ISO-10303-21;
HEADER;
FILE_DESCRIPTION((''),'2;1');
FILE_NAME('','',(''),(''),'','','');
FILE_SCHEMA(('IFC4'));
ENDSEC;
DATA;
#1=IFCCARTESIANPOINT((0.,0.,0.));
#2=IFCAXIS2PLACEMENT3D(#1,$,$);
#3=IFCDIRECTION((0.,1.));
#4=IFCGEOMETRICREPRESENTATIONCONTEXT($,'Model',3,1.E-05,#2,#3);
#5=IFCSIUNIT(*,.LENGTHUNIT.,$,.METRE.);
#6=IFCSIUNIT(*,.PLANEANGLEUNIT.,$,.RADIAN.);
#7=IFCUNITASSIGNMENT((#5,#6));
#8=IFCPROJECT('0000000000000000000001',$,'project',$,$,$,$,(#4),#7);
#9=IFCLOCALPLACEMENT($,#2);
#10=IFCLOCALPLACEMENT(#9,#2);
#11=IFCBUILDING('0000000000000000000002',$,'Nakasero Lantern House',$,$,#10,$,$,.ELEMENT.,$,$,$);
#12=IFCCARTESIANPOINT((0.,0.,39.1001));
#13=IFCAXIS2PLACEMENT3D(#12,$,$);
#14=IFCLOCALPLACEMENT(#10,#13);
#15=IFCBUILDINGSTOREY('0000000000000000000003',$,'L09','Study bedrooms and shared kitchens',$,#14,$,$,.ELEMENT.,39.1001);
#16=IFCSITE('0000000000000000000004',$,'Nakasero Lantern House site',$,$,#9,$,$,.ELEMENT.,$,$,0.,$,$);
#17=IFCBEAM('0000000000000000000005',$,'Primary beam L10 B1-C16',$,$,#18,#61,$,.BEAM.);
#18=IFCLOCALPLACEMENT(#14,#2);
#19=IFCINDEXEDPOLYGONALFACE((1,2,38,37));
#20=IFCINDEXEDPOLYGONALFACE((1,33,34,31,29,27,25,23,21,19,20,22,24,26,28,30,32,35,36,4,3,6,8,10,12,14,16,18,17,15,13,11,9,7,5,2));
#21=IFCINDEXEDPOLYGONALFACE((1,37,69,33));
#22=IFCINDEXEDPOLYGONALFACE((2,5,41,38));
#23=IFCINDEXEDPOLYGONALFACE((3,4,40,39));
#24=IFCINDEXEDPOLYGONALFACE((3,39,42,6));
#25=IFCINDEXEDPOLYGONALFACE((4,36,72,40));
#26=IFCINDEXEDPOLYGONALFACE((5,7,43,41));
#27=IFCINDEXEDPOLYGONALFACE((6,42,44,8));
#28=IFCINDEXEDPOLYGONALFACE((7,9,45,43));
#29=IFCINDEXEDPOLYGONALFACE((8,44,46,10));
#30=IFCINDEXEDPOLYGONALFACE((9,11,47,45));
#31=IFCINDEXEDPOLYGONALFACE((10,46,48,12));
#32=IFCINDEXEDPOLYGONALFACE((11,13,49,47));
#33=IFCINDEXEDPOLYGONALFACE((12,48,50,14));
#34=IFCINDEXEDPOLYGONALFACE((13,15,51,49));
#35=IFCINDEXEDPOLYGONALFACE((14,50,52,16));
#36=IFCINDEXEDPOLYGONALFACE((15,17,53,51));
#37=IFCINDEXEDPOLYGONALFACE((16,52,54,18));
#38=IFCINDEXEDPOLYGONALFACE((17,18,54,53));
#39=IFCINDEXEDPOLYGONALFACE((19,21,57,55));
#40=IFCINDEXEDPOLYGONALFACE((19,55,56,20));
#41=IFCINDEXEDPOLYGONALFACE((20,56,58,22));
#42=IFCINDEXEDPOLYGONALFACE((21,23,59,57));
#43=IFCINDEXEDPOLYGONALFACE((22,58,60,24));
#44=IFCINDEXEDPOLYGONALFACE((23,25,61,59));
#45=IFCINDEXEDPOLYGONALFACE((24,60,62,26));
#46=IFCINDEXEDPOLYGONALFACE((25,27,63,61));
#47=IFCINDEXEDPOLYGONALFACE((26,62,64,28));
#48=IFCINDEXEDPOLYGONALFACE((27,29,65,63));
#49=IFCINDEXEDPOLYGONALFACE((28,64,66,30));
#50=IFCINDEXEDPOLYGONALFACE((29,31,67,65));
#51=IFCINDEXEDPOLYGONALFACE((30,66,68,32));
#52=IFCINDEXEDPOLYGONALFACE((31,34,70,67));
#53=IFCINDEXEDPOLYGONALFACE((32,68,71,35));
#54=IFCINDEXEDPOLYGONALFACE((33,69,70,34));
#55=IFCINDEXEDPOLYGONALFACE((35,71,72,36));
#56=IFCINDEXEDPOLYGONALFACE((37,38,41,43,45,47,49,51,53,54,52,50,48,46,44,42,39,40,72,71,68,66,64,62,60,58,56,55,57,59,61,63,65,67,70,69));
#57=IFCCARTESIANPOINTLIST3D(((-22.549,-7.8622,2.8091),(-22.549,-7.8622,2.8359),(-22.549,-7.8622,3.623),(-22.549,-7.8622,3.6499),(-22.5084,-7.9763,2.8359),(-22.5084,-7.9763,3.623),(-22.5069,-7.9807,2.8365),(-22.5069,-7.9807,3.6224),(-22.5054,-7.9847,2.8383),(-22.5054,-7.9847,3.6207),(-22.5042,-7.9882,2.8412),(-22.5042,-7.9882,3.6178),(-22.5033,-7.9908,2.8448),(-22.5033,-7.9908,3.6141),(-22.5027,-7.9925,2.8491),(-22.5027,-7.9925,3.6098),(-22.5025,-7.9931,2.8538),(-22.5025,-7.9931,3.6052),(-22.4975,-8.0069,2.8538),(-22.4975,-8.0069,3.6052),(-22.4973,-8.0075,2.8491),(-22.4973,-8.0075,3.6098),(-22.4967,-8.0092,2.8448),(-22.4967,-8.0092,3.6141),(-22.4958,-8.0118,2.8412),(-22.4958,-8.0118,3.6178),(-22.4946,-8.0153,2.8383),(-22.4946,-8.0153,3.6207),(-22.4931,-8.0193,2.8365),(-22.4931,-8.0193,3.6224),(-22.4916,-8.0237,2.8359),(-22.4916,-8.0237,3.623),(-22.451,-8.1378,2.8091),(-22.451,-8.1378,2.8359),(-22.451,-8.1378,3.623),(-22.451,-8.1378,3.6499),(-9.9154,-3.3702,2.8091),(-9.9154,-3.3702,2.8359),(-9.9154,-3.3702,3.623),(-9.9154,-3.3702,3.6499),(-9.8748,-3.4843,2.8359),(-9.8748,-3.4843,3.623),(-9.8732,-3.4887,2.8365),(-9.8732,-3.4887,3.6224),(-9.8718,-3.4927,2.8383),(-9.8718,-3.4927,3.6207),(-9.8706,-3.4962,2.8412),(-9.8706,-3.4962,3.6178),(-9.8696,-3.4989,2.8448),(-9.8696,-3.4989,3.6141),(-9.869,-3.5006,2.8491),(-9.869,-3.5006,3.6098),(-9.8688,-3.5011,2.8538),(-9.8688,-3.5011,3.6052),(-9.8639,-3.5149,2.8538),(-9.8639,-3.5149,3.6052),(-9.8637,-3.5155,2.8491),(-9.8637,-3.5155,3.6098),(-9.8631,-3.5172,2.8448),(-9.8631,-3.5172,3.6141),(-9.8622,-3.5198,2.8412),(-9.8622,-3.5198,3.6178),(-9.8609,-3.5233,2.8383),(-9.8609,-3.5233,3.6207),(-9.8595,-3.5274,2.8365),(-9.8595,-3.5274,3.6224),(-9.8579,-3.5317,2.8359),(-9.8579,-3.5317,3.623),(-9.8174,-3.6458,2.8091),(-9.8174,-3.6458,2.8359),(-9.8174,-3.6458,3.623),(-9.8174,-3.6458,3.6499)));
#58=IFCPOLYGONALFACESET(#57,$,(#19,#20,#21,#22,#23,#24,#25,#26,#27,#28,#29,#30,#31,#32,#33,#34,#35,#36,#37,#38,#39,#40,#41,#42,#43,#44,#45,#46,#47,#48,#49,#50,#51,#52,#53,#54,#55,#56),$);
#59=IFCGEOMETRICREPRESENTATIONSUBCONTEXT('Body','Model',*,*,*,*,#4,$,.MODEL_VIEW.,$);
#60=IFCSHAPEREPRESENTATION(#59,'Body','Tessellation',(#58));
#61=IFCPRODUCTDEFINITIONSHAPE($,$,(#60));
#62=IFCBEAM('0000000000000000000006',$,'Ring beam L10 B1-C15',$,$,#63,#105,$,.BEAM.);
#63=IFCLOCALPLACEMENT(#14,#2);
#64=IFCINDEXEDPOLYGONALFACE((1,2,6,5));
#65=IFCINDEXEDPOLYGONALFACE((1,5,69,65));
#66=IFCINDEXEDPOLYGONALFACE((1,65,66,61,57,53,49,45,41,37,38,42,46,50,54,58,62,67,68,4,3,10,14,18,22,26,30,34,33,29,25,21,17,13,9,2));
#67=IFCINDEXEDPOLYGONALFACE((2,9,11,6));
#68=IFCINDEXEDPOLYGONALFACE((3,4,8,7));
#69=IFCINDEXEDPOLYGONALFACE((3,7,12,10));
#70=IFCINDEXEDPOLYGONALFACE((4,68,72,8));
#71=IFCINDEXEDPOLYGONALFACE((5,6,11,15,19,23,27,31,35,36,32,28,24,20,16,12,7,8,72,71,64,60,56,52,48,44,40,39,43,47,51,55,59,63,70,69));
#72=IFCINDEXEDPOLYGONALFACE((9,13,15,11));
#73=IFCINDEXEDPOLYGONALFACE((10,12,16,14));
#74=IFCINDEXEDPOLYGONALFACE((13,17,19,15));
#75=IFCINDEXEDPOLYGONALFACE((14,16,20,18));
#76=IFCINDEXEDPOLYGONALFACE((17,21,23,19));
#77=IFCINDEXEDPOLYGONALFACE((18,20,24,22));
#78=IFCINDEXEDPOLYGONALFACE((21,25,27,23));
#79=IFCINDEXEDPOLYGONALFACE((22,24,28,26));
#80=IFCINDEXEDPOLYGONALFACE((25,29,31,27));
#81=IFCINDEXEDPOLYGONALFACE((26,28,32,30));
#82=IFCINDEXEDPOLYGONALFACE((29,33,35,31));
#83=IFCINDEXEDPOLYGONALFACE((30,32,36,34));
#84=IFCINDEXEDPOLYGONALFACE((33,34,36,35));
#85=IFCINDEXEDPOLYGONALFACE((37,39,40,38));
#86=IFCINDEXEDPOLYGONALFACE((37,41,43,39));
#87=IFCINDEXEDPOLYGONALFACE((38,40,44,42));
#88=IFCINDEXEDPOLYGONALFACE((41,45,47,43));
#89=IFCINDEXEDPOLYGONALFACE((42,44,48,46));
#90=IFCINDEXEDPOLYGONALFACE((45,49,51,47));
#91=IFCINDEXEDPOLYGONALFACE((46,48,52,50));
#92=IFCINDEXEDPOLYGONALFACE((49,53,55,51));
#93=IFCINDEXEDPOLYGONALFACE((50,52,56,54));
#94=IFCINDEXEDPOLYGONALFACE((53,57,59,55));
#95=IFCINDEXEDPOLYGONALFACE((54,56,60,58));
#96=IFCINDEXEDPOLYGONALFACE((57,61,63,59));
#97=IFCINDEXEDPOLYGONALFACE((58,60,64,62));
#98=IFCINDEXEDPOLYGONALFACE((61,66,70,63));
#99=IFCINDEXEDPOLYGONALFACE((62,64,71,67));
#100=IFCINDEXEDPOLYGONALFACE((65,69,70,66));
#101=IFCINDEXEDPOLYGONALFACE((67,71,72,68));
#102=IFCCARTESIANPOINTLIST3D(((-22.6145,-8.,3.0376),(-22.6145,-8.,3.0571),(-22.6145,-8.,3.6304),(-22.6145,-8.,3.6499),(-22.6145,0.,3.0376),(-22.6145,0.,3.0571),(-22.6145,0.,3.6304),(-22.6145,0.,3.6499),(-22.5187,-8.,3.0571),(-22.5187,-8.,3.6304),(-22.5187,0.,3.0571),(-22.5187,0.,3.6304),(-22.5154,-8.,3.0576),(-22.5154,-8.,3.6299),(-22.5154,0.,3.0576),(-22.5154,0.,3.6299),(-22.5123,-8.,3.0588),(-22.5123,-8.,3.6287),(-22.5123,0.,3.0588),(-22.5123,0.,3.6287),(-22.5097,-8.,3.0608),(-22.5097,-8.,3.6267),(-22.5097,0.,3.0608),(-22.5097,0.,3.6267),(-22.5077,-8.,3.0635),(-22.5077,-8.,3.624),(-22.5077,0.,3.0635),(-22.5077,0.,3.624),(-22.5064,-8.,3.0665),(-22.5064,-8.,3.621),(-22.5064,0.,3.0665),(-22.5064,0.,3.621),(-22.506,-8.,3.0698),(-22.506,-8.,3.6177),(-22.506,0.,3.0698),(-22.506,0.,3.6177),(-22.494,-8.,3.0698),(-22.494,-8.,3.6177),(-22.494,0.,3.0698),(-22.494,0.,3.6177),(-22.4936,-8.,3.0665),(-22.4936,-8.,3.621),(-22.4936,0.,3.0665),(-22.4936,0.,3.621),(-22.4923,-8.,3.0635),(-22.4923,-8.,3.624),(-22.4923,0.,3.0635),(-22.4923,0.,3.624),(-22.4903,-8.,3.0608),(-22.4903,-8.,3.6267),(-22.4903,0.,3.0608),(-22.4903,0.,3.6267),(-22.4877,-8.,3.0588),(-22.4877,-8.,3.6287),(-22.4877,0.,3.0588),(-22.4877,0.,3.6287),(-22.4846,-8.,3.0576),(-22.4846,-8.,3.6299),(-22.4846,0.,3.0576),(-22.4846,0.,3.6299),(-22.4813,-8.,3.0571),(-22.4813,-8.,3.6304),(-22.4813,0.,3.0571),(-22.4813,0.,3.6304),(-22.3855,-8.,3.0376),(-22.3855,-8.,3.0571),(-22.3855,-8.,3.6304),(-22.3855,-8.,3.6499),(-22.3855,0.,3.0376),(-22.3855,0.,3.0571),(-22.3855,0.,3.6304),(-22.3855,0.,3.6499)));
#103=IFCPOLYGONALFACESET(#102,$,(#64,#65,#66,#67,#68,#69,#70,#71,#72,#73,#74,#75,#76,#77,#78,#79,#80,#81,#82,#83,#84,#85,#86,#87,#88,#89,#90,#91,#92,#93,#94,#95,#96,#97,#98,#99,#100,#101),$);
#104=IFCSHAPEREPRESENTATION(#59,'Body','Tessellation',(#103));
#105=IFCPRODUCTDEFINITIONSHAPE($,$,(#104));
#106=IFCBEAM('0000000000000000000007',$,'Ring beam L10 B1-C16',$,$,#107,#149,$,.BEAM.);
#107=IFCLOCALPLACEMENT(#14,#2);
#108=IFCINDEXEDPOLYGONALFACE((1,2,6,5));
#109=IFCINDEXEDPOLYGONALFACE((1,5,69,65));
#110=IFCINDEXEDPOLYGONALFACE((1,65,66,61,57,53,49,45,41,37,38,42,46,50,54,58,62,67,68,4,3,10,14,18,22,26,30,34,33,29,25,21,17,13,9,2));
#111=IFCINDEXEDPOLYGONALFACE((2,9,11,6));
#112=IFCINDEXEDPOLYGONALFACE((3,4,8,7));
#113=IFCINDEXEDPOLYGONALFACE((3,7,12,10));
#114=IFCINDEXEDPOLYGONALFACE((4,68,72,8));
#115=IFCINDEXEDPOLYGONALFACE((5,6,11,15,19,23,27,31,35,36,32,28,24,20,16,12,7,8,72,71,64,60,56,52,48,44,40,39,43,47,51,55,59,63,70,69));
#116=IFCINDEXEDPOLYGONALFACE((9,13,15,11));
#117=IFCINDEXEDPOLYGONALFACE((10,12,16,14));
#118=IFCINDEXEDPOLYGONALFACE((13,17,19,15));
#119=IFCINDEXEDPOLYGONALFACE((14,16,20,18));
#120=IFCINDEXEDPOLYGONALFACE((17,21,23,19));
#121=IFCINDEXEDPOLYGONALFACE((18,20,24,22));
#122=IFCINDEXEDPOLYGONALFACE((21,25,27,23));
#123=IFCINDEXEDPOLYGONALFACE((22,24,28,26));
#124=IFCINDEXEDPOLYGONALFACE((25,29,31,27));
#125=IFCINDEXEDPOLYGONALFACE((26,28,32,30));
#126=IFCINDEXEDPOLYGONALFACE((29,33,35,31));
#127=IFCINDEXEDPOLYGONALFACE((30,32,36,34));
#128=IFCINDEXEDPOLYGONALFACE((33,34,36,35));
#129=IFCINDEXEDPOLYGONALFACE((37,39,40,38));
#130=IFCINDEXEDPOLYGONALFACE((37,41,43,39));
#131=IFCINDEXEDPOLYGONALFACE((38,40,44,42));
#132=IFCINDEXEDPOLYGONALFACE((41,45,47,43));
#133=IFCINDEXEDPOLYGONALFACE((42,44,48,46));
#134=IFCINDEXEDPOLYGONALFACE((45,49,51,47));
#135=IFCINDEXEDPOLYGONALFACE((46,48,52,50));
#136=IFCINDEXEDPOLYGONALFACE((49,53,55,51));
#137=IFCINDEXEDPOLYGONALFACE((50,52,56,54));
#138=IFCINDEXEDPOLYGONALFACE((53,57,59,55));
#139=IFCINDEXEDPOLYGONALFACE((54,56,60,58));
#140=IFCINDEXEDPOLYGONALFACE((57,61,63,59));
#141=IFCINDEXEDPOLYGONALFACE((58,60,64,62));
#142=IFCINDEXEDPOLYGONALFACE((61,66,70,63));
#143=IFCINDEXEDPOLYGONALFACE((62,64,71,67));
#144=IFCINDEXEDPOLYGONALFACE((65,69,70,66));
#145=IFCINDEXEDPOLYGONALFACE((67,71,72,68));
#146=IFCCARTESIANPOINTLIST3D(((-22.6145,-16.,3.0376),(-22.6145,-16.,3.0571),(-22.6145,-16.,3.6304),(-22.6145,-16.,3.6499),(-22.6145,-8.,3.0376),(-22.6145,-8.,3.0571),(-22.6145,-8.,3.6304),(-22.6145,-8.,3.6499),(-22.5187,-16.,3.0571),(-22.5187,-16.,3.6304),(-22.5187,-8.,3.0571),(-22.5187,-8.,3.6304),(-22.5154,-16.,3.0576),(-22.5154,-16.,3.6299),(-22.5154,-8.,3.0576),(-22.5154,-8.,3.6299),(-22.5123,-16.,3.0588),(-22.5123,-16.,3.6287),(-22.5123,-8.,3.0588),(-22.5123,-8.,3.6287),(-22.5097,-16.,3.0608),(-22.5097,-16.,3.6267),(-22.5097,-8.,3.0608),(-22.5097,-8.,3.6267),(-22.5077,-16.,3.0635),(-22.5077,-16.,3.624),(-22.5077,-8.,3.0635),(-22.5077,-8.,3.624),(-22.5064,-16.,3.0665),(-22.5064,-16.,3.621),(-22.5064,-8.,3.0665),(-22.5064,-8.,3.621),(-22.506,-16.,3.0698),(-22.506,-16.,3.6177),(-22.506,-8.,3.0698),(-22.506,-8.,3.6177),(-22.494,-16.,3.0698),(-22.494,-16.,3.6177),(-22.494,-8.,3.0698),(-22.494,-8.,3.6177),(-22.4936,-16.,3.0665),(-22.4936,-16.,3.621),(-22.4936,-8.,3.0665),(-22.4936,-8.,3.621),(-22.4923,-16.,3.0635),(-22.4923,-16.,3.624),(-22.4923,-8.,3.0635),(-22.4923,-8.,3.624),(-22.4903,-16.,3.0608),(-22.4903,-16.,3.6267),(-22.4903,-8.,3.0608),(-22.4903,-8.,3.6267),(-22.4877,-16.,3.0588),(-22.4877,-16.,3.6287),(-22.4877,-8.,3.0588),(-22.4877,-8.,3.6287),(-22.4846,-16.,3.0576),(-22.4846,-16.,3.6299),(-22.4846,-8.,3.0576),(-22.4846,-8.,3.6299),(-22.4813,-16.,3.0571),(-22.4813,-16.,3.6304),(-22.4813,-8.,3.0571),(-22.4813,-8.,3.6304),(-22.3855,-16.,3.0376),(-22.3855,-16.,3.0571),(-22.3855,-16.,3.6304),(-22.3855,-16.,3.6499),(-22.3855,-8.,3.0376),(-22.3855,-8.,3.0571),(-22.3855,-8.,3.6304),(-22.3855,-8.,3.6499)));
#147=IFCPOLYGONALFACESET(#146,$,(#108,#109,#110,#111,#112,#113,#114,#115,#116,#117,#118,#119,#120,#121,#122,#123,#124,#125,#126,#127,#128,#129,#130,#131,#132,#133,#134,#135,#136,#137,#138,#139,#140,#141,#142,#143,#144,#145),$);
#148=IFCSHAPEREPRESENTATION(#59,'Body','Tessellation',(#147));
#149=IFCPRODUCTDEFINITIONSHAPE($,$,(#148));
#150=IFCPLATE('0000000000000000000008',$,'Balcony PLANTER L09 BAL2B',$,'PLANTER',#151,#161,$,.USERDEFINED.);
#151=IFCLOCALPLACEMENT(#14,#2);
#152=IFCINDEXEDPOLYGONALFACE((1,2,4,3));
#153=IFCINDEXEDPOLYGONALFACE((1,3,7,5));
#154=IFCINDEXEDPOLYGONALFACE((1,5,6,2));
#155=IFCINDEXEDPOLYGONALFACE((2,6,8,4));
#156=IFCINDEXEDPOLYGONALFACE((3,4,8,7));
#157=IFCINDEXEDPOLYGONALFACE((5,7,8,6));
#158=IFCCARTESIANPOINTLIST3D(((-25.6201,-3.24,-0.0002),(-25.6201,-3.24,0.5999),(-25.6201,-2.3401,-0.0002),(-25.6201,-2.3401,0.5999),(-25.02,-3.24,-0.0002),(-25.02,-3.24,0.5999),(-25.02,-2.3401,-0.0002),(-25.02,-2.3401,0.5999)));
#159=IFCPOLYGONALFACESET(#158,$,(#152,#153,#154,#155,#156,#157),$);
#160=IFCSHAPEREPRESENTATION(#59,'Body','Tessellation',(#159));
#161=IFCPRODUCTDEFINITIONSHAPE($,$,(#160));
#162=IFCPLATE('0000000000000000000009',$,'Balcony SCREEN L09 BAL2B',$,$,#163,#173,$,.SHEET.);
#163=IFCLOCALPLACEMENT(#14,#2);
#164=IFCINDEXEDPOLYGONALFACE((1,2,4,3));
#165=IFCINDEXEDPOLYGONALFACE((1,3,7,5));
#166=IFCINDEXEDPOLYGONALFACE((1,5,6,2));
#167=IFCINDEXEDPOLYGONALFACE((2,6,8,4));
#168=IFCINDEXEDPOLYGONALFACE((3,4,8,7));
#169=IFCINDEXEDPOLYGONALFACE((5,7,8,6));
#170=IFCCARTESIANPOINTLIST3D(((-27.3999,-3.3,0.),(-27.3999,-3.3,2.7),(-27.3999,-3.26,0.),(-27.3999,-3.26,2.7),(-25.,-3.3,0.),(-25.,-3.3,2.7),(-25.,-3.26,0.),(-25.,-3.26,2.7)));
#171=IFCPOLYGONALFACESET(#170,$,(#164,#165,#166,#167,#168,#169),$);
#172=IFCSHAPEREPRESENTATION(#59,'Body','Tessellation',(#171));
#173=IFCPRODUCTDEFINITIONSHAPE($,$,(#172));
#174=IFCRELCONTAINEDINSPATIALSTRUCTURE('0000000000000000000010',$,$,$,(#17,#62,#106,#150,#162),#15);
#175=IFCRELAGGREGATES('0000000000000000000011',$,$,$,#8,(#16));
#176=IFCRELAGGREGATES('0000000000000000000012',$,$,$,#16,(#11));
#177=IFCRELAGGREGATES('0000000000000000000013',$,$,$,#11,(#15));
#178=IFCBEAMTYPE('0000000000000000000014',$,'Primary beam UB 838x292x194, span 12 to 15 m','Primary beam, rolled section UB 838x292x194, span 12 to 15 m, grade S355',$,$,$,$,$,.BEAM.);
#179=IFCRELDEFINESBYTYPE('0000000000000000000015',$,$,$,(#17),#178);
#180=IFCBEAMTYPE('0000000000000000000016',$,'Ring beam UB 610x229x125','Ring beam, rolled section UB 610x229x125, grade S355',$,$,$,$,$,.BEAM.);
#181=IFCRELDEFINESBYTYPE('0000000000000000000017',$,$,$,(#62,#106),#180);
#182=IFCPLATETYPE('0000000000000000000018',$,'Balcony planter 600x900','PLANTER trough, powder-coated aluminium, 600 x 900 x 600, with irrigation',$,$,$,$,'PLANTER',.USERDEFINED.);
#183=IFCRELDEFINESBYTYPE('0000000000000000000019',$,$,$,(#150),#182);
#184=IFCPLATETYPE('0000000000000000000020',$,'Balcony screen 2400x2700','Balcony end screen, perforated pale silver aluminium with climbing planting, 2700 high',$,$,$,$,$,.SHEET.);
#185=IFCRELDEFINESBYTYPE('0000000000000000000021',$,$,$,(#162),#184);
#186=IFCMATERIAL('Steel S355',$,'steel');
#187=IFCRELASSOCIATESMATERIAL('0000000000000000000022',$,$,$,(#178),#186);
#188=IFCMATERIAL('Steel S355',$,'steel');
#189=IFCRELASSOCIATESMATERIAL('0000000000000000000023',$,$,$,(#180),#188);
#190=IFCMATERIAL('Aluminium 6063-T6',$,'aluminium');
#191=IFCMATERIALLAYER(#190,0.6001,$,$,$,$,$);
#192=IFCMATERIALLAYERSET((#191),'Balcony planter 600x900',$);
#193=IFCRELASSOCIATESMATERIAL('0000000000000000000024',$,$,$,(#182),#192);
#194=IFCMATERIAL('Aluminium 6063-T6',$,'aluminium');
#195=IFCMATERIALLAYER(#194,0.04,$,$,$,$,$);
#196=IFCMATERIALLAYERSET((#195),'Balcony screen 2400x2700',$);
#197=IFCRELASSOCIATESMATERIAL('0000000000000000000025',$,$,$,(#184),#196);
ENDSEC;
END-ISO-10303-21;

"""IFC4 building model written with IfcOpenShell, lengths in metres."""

from ifc_helpers import new_model, si_unit, direction, frame, origin, origin_2d, place, context, subcontext, project, spatial, rectangle, i_section, extrude, material, layer, layer_set, material_profile, profile_set, type_object, element, save


model = new_model("IFC4")

# Units and contexts
model_context = context("Model", 3, precision=1e-05, world=origin(), true_north=direction((0.0, 1.0)))
body_context = subcontext(model_context, "Body", "Model", "MODEL_VIEW")
ifc_project = project(units=[si_unit("LENGTHUNIT", "METRE"), si_unit("PLANEANGLEUNIT", "RADIAN")], contexts=[model_context])

# Site, building, storey
site_placement = place(None, origin())
site = spatial("IfcSite", under=ifc_project, at=site_placement, Name="Nakasero Lantern House site", CompositionType="ELEMENT", RefElevation=0.0)
building_placement = place(site_placement, origin())
building = spatial("IfcBuilding", under=site, at=building_placement, Name="Nakasero Lantern House", CompositionType="ELEMENT")
storey_placement = place(building_placement, frame((0.0, 0.0, 39.1001)))
storey = spatial("IfcBuildingStorey", under=building, at=storey_placement, Name="L09", Description="Study bedrooms and shared kitchens", CompositionType="ELEMENT", Elevation=39.1001)

# Beams
ifc_material_1 = material(Name="Steel S355", Category="steel")
ifc_material_profile_1 = material_profile(ifc_material_1, i_section(OverallWidth=0.2925, OverallDepth=0.8408, WebThickness=0.0146, FlangeThickness=0.0269, FilletRadius=0.0178, at=origin_2d()), Name="UB 838x292x194")
ifc_profile_set_1 = profile_set([ifc_material_profile_1], Name="Steel S355")
beam_type_1 = type_object("IfcBeamType", Name="Primary beam UB 838x292x194, span 12 to 15 m", Description="Primary beam, rolled section UB 838x292x194, span 12 to 15 m, grade S355", PredefinedType="BEAM", material=ifc_profile_set_1)
beam_1_placement = place(storey_placement, frame((-22.5, -8.0, 3.2295), z_axis=(0.942214, 0.335011, 0.0), x_axis=(-0.335011, 0.942214, 0.0)))
element("IfcBeam", 1, at=beam_1_placement, inside=storey, type_object=beam_type_1, Name="Primary beam L10 B1-C16", PredefinedType="BEAM", context=body_context, shape_type="SweptSolid", body=[
    extrude(i_section(OverallWidth=0.2925, OverallDepth=0.8408, WebThickness=0.0146, FlangeThickness=0.0269, FilletRadius=0.0178, at=origin_2d()), origin(), (0.0, 0.0, 1.0), 13.4084),
])
ifc_material_2 = material(Name="Steel S355", Category="steel")
ifc_material_profile_2 = material_profile(ifc_material_2, i_section(OverallWidth=0.229, OverallDepth=0.6123, WebThickness=0.012, FlangeThickness=0.0195, FilletRadius=0.0127, at=origin_2d()), Name="UB 610x229x125")
ifc_profile_set_2 = profile_set([ifc_material_profile_2], Name="Steel S355")
beam_type_2 = type_object("IfcBeamType", Name="Ring beam UB 610x229x125", Description="Ring beam, rolled section UB 610x229x125, grade S355", PredefinedType="BEAM", material=ifc_profile_set_2)
for number, where, z_axis, x_axis, name in (
    (2, (-22.5, 0.0, 3.3438), (0.0, -1.0, 0.0), (1.0, 0.0, 0.0), "Ring beam L10 B1-C15"),
    (3, (-22.5, -8.0, 3.3438), (0.0, -1.0, 0.0), (1.0, 0.0, 0.0), "Ring beam L10 B1-C16"),
):
    element("IfcBeam", number, at=place(storey_placement, frame(where, z_axis=z_axis, x_axis=x_axis)), inside=storey, type_object=beam_type_2, Name=name, PredefinedType="BEAM", context=body_context, shape_type="SweptSolid", body=[
        extrude(i_section(OverallWidth=0.229, OverallDepth=0.6123, WebThickness=0.012, FlangeThickness=0.0195, FilletRadius=0.0127, at=origin_2d()), origin(), (0.0, 0.0, 1.0), 8.0),
    ])

# Plates
ifc_material_3 = material(Name="Aluminium 6063-T6", Category="aluminium")
ifc_layer_1 = layer(ifc_material_3, 0.6001)
ifc_layer_set_1 = layer_set([ifc_layer_1], Name="Balcony planter 600x900")
plate_type_1 = type_object("IfcPlateType", Name="Balcony planter 600x900", Description="PLANTER trough, powder-coated aluminium, 600 x 900 x 600, with irrigation", ElementType="PLANTER", PredefinedType="USERDEFINED", material=ifc_layer_set_1)
plate_1_placement = place(storey_placement, frame((-25.3201, -2.79, -0.0002), z_axis=(0.0, 0.0, 1.0), x_axis=(-1.0, 0.0, 0.0)))
element("IfcPlate", 4, at=plate_1_placement, inside=storey, type_object=plate_type_1, Name="Balcony PLANTER L09 BAL2B", ObjectType="PLANTER", PredefinedType="USERDEFINED", context=body_context, shape_type="SweptSolid", body=[
    extrude(rectangle(XDim=0.6001, YDim=0.8999, at=origin_2d()), origin(), (0.0, 0.0, 1.0), 0.6001),
])
ifc_material_4 = material(Name="Aluminium 6063-T6", Category="aluminium")
ifc_layer_2 = layer(ifc_material_4, 0.04)
ifc_layer_set_2 = layer_set([ifc_layer_2], Name="Balcony screen 2400x2700")
plate_type_2 = type_object("IfcPlateType", Name="Balcony screen 2400x2700", Description="Balcony end screen, perforated pale silver aluminium with climbing planting, 2700 high", PredefinedType="SHEET", material=ifc_layer_set_2)
plate_2_placement = place(storey_placement, frame((-26.2, -3.28, 0.0), z_axis=(0.0, 0.0, 1.0), x_axis=(-1.0, 0.0, 0.0)))
element("IfcPlate", 5, at=plate_2_placement, inside=storey, type_object=plate_type_2, Name="Balcony SCREEN L09 BAL2B", PredefinedType="SHEET", context=body_context, shape_type="SweptSolid", body=[
    extrude(rectangle(XDim=2.3999, YDim=0.04, at=origin_2d()), origin(), (0.0, 0.0, 1.0), 2.7),
])

save(model, "model.ifc")
